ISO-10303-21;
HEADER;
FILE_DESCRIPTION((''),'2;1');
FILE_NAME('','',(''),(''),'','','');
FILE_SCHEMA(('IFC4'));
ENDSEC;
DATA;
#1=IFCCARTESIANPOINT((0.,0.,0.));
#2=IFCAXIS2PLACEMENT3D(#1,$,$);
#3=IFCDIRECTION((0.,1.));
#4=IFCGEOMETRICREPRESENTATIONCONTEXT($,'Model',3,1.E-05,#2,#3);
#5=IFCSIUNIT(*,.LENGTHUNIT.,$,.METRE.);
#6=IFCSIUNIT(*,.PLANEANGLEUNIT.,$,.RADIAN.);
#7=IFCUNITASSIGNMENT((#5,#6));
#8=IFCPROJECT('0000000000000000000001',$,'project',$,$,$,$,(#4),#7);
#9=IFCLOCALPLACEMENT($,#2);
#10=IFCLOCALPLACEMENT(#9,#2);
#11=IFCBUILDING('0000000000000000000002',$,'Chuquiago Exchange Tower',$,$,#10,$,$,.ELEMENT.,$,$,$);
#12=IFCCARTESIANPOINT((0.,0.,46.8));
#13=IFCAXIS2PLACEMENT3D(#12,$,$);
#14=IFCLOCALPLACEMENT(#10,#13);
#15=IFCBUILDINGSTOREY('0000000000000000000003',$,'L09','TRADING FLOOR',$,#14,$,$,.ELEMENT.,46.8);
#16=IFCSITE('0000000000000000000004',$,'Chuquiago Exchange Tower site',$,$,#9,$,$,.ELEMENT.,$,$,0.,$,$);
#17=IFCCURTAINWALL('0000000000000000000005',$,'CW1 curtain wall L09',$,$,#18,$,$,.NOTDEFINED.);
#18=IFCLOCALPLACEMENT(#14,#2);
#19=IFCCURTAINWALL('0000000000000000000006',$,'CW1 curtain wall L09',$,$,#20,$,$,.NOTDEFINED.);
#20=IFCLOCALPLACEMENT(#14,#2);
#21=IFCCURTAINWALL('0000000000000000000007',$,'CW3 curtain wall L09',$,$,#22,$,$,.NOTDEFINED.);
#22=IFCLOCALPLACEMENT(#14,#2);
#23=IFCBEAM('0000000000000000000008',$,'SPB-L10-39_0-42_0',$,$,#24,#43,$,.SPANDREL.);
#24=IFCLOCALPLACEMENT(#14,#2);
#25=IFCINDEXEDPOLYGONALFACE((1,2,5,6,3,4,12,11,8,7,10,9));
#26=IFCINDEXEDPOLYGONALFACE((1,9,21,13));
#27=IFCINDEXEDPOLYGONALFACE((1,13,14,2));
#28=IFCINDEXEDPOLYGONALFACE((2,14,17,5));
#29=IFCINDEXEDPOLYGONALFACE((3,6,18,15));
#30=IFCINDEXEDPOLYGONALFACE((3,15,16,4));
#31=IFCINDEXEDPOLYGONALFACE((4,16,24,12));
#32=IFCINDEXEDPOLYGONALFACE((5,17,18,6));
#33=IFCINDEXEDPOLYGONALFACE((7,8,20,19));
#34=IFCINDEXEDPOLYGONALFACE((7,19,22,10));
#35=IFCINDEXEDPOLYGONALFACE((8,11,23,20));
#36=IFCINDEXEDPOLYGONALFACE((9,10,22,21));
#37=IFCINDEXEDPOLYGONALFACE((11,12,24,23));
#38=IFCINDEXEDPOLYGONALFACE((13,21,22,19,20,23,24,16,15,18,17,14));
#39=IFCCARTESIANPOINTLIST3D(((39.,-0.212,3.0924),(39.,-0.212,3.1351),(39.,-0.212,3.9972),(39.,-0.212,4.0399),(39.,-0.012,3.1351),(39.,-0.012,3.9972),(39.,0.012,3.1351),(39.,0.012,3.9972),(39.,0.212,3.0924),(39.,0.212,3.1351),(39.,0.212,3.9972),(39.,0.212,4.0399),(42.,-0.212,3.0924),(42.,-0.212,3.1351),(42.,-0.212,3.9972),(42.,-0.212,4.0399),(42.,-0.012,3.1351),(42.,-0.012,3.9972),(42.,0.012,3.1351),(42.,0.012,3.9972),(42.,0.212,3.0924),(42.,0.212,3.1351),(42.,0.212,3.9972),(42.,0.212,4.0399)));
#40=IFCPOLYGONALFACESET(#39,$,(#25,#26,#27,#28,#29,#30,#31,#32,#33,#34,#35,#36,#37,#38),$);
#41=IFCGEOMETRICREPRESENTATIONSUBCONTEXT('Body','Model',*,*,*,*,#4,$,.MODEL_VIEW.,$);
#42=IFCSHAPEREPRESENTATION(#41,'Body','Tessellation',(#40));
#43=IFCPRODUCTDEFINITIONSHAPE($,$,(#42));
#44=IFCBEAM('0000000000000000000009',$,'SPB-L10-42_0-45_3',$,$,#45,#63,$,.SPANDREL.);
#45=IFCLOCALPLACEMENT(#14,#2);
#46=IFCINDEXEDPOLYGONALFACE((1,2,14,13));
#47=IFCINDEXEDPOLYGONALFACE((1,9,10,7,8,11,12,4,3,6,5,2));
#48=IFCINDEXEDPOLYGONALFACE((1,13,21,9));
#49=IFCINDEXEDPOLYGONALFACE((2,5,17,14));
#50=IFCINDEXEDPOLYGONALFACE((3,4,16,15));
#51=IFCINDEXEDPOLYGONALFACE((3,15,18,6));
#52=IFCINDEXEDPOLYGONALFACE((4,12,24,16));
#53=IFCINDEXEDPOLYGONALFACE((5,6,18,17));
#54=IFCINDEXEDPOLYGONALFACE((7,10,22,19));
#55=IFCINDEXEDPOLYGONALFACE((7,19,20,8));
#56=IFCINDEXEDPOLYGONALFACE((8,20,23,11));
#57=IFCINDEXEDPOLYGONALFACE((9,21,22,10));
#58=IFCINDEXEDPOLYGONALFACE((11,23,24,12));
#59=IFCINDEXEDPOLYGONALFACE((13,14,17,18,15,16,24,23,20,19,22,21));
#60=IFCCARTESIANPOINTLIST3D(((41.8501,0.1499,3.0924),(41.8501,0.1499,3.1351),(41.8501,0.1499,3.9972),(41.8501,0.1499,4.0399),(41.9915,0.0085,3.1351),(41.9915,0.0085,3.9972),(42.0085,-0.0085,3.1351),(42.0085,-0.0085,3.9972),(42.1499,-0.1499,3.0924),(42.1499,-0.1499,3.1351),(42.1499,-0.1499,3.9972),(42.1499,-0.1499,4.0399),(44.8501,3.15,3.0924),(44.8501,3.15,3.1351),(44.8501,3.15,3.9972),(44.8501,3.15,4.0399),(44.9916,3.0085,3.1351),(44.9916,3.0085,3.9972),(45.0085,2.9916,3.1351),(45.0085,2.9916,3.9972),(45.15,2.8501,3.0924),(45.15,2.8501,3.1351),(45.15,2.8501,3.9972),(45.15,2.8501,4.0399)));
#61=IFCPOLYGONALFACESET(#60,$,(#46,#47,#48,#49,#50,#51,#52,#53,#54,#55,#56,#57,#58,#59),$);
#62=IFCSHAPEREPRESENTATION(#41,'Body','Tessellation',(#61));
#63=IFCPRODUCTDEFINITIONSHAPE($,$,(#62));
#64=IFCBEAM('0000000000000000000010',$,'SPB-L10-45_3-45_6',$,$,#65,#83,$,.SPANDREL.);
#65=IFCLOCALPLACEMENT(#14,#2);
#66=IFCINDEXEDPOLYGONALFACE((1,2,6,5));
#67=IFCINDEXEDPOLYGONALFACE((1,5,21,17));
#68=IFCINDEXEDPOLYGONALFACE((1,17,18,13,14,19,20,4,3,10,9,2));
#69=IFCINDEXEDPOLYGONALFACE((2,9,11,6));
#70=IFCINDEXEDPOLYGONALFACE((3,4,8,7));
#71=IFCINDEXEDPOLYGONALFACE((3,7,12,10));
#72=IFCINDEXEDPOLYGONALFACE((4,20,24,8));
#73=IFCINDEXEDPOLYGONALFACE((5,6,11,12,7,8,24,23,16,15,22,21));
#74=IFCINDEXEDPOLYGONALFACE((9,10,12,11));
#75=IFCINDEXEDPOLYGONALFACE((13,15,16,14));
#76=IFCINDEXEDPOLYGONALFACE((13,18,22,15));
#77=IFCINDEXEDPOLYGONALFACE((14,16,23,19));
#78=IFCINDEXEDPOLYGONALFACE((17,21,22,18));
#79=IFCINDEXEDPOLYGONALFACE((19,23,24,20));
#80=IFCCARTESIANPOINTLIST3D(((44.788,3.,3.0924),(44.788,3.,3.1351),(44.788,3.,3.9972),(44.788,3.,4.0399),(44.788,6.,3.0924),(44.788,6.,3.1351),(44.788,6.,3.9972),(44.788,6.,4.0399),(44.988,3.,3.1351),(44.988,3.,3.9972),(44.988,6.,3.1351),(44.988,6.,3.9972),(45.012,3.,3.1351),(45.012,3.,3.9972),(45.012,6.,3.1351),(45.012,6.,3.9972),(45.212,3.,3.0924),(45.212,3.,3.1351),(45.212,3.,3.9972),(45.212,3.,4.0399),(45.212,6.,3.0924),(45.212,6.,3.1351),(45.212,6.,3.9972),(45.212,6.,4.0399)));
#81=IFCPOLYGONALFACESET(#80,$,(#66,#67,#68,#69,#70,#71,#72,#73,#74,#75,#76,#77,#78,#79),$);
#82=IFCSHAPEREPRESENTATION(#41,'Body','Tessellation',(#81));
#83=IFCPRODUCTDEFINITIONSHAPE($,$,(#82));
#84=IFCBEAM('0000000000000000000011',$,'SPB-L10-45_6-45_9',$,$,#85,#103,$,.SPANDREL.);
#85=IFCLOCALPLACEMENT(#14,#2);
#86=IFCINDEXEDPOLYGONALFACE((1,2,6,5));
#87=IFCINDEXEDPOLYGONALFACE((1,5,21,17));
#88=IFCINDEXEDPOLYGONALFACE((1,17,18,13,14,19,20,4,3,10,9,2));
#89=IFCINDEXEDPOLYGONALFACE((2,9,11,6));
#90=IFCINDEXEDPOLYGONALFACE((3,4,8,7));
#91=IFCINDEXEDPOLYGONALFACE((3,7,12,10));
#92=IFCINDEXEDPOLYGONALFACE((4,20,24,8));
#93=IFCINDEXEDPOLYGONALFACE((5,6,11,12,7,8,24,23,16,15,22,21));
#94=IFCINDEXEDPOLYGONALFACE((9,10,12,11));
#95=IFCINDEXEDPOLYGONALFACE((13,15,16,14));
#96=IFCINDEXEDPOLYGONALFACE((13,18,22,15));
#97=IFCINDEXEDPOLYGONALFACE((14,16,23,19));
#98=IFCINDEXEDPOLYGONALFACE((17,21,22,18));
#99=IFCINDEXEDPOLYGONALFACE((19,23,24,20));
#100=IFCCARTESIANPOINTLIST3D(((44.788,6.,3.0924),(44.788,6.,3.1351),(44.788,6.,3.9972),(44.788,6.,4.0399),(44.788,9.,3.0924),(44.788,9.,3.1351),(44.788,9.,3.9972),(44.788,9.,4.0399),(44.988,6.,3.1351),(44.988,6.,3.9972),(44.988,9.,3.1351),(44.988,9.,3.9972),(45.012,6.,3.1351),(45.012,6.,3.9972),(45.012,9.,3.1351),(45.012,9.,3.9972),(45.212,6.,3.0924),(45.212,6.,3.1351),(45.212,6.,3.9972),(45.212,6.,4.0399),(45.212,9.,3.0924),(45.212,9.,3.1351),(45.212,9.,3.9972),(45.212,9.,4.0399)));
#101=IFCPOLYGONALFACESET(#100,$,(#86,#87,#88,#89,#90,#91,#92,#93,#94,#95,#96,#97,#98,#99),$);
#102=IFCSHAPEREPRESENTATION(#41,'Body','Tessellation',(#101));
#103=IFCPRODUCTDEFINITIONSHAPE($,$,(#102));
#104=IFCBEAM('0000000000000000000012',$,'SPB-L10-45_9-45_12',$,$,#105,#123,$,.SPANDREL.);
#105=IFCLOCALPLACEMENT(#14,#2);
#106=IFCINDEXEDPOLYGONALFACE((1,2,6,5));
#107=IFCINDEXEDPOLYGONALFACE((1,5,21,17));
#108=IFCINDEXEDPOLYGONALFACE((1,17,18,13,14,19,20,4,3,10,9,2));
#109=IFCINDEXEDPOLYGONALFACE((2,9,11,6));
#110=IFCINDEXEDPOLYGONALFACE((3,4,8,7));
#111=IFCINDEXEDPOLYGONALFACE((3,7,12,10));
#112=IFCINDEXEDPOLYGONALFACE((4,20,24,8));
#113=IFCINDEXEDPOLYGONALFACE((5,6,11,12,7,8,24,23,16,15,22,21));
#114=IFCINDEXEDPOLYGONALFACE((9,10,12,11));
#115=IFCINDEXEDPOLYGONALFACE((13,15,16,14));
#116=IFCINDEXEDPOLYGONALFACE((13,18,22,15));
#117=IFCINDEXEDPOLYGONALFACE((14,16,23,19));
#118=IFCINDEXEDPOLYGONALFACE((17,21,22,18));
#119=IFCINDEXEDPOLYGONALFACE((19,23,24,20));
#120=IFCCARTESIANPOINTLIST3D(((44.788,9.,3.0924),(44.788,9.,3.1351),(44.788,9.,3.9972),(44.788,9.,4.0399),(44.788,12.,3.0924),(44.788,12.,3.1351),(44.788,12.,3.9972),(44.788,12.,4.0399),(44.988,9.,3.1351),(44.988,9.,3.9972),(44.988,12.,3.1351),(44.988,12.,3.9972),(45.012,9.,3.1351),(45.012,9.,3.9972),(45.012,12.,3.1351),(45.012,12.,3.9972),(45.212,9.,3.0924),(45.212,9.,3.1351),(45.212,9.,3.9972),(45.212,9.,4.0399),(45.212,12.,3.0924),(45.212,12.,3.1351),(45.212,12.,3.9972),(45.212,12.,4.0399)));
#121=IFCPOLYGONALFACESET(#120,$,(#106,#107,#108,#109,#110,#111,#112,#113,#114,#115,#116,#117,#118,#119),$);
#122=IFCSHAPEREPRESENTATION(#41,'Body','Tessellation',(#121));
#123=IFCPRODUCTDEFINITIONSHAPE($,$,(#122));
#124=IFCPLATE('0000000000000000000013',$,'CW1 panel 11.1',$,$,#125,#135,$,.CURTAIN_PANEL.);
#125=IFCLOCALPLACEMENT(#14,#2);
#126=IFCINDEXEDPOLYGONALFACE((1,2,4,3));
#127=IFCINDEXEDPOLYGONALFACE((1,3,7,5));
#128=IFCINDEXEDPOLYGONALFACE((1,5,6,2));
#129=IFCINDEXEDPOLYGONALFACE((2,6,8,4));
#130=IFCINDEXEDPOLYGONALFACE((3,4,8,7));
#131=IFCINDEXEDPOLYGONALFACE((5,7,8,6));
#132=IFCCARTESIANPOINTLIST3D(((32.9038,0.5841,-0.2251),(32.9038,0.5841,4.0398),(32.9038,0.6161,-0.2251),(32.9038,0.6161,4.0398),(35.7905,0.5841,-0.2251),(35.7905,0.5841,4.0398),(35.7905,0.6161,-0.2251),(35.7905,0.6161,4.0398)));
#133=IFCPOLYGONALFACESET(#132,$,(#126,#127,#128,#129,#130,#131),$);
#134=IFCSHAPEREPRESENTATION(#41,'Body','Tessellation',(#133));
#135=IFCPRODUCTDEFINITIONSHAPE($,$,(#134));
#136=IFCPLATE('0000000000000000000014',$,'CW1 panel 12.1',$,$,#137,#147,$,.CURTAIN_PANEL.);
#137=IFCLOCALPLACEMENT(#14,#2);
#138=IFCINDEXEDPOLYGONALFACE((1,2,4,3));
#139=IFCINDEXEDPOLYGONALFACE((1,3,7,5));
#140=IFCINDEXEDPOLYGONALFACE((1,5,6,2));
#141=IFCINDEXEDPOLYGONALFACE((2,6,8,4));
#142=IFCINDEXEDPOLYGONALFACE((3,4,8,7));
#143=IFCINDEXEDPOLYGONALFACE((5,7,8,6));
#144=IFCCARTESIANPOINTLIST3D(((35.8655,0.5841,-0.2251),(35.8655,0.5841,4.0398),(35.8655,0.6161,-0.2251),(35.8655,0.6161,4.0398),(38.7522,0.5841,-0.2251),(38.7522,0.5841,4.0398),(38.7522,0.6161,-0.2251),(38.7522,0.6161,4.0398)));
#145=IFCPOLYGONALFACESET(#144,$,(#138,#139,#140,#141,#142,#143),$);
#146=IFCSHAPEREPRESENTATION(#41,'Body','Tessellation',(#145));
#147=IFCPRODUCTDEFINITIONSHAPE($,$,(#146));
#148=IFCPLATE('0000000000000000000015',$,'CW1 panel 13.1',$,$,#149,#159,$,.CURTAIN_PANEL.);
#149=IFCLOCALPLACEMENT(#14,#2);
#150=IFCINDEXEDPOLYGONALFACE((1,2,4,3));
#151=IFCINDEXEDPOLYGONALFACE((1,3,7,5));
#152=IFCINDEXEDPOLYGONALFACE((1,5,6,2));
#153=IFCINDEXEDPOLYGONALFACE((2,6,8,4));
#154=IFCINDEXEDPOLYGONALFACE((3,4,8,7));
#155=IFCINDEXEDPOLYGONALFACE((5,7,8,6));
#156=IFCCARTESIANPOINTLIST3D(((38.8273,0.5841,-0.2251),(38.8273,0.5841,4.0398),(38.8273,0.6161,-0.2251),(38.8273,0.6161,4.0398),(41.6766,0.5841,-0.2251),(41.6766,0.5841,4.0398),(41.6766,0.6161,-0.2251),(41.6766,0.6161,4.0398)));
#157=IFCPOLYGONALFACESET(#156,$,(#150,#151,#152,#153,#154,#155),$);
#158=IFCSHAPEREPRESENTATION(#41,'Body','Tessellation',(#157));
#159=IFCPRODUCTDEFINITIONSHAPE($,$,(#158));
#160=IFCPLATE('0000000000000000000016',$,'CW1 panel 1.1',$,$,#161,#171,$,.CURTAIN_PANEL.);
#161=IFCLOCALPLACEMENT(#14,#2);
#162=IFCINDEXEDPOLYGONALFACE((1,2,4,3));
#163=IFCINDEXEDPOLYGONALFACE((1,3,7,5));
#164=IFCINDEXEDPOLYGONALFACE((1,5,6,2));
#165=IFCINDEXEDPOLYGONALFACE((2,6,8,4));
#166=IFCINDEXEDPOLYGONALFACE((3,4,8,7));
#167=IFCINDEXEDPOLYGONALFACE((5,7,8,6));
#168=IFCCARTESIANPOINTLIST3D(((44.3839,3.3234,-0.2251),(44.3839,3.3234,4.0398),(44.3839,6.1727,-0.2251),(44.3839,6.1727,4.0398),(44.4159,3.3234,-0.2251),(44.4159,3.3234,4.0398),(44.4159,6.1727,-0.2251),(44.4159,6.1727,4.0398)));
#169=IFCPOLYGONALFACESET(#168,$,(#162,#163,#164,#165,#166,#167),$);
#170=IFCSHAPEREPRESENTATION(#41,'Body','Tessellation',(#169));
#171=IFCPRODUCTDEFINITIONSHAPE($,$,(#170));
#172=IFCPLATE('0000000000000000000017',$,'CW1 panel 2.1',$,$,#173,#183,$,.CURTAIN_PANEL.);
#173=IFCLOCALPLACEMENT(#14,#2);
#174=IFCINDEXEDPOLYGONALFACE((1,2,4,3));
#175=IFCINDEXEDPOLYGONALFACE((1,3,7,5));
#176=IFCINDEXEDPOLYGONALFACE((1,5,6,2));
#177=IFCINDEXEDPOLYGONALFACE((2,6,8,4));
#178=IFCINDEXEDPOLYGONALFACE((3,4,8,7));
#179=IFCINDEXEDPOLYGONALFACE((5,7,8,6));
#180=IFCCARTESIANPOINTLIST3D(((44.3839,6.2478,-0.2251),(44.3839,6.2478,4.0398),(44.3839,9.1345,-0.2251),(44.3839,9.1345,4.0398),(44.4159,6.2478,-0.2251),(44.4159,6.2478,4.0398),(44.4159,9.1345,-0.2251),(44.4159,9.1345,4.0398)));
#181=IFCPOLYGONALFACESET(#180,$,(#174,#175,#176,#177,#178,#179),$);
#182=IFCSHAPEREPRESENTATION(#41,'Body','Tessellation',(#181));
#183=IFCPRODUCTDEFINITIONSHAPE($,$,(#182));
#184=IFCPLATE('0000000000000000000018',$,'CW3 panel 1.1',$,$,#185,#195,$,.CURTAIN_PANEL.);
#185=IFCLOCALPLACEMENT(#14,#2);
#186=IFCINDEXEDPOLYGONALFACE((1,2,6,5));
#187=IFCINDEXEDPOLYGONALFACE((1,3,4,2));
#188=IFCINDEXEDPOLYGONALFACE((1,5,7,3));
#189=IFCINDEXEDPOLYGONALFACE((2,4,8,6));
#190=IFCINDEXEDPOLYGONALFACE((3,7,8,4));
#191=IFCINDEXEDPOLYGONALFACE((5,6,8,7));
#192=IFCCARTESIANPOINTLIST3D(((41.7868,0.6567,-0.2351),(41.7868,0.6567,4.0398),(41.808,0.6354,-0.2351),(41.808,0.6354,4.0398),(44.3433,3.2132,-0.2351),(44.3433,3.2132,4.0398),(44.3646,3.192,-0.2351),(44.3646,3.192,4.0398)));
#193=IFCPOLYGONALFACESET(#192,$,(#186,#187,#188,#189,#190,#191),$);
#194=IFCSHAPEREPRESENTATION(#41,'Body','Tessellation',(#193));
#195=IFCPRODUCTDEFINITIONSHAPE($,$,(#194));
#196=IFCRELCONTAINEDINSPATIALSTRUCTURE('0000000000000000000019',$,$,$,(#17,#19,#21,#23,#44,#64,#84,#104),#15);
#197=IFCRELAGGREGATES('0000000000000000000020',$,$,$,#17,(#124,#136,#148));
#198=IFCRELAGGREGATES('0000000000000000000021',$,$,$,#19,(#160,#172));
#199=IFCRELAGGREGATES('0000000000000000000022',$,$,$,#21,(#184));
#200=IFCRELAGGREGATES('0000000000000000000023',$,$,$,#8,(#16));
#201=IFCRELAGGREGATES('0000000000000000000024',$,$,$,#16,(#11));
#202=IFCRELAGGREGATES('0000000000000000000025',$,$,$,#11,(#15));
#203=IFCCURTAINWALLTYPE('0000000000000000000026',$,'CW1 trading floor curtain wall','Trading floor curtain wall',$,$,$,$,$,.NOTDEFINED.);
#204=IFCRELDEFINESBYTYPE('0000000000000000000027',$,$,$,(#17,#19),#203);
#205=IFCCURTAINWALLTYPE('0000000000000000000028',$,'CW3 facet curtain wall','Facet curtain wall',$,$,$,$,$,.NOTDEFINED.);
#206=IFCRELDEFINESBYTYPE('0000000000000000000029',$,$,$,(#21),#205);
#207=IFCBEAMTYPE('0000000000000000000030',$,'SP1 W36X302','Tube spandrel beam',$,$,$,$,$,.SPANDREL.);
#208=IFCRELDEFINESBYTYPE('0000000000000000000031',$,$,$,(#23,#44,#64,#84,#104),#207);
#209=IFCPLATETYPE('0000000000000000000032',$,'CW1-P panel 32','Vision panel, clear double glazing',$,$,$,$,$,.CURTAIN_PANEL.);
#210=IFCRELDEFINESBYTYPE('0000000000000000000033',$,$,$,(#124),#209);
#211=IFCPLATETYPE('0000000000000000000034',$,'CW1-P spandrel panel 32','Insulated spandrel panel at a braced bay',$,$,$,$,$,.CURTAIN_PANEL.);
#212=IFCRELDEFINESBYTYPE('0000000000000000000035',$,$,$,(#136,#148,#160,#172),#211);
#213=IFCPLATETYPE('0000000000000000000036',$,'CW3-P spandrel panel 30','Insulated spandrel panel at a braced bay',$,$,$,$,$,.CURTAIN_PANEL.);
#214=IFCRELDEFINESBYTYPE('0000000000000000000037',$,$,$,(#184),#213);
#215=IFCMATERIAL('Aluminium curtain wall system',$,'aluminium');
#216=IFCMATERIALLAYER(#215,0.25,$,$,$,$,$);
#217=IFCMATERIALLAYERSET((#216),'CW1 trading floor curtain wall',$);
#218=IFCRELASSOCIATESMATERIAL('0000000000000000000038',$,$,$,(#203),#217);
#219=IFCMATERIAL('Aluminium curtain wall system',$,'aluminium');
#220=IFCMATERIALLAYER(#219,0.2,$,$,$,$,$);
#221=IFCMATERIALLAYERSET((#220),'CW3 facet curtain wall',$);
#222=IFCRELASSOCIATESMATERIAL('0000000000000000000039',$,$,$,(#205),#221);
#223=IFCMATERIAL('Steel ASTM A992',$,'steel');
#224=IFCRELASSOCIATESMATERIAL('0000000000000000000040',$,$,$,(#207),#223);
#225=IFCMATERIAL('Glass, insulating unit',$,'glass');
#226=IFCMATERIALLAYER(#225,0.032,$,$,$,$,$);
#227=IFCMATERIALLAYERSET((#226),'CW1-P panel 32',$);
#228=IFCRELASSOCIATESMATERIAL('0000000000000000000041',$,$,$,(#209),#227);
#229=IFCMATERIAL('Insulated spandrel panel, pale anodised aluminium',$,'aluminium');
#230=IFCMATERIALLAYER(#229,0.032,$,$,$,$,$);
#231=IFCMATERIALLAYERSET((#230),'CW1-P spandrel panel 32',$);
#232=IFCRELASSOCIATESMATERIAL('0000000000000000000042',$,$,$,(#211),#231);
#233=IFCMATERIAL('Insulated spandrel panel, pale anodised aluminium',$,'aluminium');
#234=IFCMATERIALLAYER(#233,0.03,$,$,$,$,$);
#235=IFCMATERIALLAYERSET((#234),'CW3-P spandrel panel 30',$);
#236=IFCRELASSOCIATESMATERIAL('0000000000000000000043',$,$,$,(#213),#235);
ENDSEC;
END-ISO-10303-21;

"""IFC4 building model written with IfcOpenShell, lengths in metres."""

from ifc_helpers import new_model, si_unit, direction, frame, origin, origin_2d, place, context, subcontext, project, spatial, rectangle, i_section, extrude, material, layer, layer_set, material_profile, profile_set, type_object, element, aggregate, save


model = new_model("IFC4")

# Units and contexts
model_context = context("Model", 3, precision=1e-05, world=origin(), true_north=direction((0.0, 1.0)))
body_context = subcontext(model_context, "Body", "Model", "MODEL_VIEW")
ifc_project = project(units=[si_unit("LENGTHUNIT", "METRE"), si_unit("PLANEANGLEUNIT", "RADIAN")], contexts=[model_context])

# Site, building, storey
site_placement = place(None, origin())
site = spatial("IfcSite", under=ifc_project, at=site_placement, Name="Chuquiago Exchange Tower site", CompositionType="ELEMENT", RefElevation=0.0)
building_placement = place(site_placement, origin())
building = spatial("IfcBuilding", under=site, at=building_placement, Name="Chuquiago Exchange Tower", CompositionType="ELEMENT")
storey_placement = place(building_placement, frame((0.0, 0.0, 46.8)))
storey = spatial("IfcBuildingStorey", under=building, at=storey_placement, Name="L09", Description="TRADING FLOOR", CompositionType="ELEMENT", Elevation=46.8)

# Curtain walls
ifc_material_1 = material(Name="Aluminium curtain wall system", Category="aluminium")
ifc_layer_1 = layer(ifc_material_1, 0.25)
ifc_layer_set_1 = layer_set([ifc_layer_1], Name="CW1 trading floor curtain wall")
curtain_wall_type_1 = type_object("IfcCurtainWallType", Name="CW1 trading floor curtain wall", Description="Trading floor curtain wall", PredefinedType="NOTDEFINED", material=ifc_layer_set_1)
curtain_wall_1_placement = place(storey_placement, origin())
curtain_wall_1 = element("IfcCurtainWall", 1, at=curtain_wall_1_placement, inside=storey, type_object=curtain_wall_type_1, Name="CW1 curtain wall L09", PredefinedType="NOTDEFINED")
curtain_wall_2_placement = place(storey_placement, origin())
curtain_wall_2 = element("IfcCurtainWall", 2, at=curtain_wall_2_placement, inside=storey, type_object=curtain_wall_type_1, Name="CW1 curtain wall L09", PredefinedType="NOTDEFINED")

# Curtain wall
ifc_material_2 = material(Name="Aluminium curtain wall system", Category="aluminium")
ifc_layer_2 = layer(ifc_material_2, 0.2)
ifc_layer_set_2 = layer_set([ifc_layer_2], Name="CW3 facet curtain wall")
curtain_wall_type_2 = type_object("IfcCurtainWallType", Name="CW3 facet curtain wall", Description="Facet curtain wall", PredefinedType="NOTDEFINED", material=ifc_layer_set_2)
curtain_wall_3_placement = place(storey_placement, origin())
curtain_wall_3 = element("IfcCurtainWall", 3, at=curtain_wall_3_placement, inside=storey, type_object=curtain_wall_type_2, Name="CW3 curtain wall L09", PredefinedType="NOTDEFINED")

# Beams
ifc_material_3 = material(Name="Steel ASTM A992", Category="steel")
ifc_material_profile_1 = material_profile(ifc_material_3, i_section(OverallWidth=0.4241, OverallDepth=0.9475, WebThickness=0.0239, FlangeThickness=0.0427, at=origin_2d()), Name="W36X302")
ifc_profile_set_1 = profile_set([ifc_material_profile_1], Name="Steel ASTM A992")
beam_type = type_object("IfcBeamType", Name="SP1 W36X302", Description="Tube spandrel beam", PredefinedType="SPANDREL", material=ifc_profile_set_1)
for number, where, z_axis, x_axis, name in (
    (4, (39.0, 0.0, 3.5662), (1.0, 0.0, 0.0), (0.0, 1.0, 0.0), "SPB-L10-39_0-42_0"),
):
    element("IfcBeam", number, at=place(storey_placement, frame(where, z_axis=z_axis, x_axis=x_axis)), inside=storey, type_object=beam_type, Name=name, PredefinedType="SPANDREL", context=body_context, shape_type="SweptSolid", body=[
        extrude(i_section(OverallWidth=0.4241, OverallDepth=0.9475, WebThickness=0.0239, FlangeThickness=0.0427, at=origin_2d()), origin(), (0.0, 0.0, 1.0), 3.0),
    ])
beam_placement = place(storey_placement, frame((42.0, 0.0, 3.5662), z_axis=(0.707107, 0.707107, 0.0), x_axis=(-0.707107, 0.707107, 0.0)))
element("IfcBeam", 5, at=beam_placement, inside=storey, type_object=beam_type, Name="SPB-L10-42_0-45_3", PredefinedType="SPANDREL", context=body_context, shape_type="SweptSolid", body=[
    extrude(i_section(OverallWidth=0.4241, OverallDepth=0.9475, WebThickness=0.0239, FlangeThickness=0.0427, at=origin_2d()), origin(), (0.0, 0.0, 1.0), 4.2427),
])
for number, where, z_axis, x_axis, name in (
    (6, (45.0, 3.0, 3.5662), (0.0, 1.0, 0.0), (-1.0, 0.0, 0.0), "SPB-L10-45_3-45_6"),
    (7, (45.0, 6.0, 3.5662), (0.0, 1.0, 0.0), (-1.0, 0.0, 0.0), "SPB-L10-45_6-45_9"),
    (8, (45.0, 9.0, 3.5662), (0.0, 1.0, 0.0), (-1.0, 0.0, 0.0), "SPB-L10-45_9-45_12"),
):
    element("IfcBeam", number, at=place(storey_placement, frame(where, z_axis=z_axis, x_axis=x_axis)), inside=storey, type_object=beam_type, Name=name, PredefinedType="SPANDREL", context=body_context, shape_type="SweptSolid", body=[
        extrude(i_section(OverallWidth=0.4241, OverallDepth=0.9475, WebThickness=0.0239, FlangeThickness=0.0427, at=origin_2d()), origin(), (0.0, 0.0, 1.0), 3.0),
    ])

# Plates
ifc_material_4 = material(Name="Glass, insulating unit", Category="glass")
ifc_layer_3 = layer(ifc_material_4, 0.032)
ifc_layer_set_3 = layer_set([ifc_layer_3], Name="CW1-P panel 32")
plate_type_1 = type_object("IfcPlateType", Name="CW1-P panel 32", Description="Vision panel, clear double glazing", PredefinedType="CURTAIN_PANEL", material=ifc_layer_set_3)
plate_1_placement = place(storey_placement, frame((34.3472, 0.6001, -0.2251), z_axis=(0.0, 0.0, 1.0), x_axis=(1.0, 0.0, 0.0)))
plate_1 = element("IfcPlate", 9, at=plate_1_placement, type_object=plate_type_1, Name="CW1 panel 11.1", PredefinedType="CURTAIN_PANEL", context=body_context, shape_type="SweptSolid", body=[
    extrude(rectangle(XDim=2.8867, YDim=0.032, at=origin_2d()), origin(), (0.0, 0.0, 1.0), 4.2649),
])
ifc_material_5 = material(Name="Insulated spandrel panel, pale anodised aluminium", Category="aluminium")
ifc_layer_4 = layer(ifc_material_5, 0.032)
ifc_layer_set_4 = layer_set([ifc_layer_4], Name="CW1-P spandrel panel 32")
plate_type_2 = type_object("IfcPlateType", Name="CW1-P spandrel panel 32", Description="Insulated spandrel panel at a braced bay", PredefinedType="CURTAIN_PANEL", material=ifc_layer_set_4)
plate_2_placement = place(storey_placement, frame((37.3088, 0.6001, -0.2251), z_axis=(0.0, 0.0, 1.0), x_axis=(1.0, 0.0, 0.0)))
plate_2 = element("IfcPlate", 10, at=plate_2_placement, type_object=plate_type_2, Name="CW1 panel 12.1", PredefinedType="CURTAIN_PANEL", context=body_context, shape_type="SweptSolid", body=[
    extrude(rectangle(XDim=2.8867, YDim=0.032, at=origin_2d()), origin(), (0.0, 0.0, 1.0), 4.2649),
])
plate_3_placement = place(storey_placement, frame((40.252, 0.6001, -0.2251), z_axis=(0.0, 0.0, 1.0), x_axis=(1.0, 0.0, 0.0)))
plate_3 = element("IfcPlate", 11, at=plate_3_placement, type_object=plate_type_2, Name="CW1 panel 13.1", PredefinedType="CURTAIN_PANEL", context=body_context, shape_type="SweptSolid", body=[
    extrude(rectangle(XDim=2.8494, YDim=0.032, at=origin_2d()), origin(), (0.0, 0.0, 1.0), 4.2649),
])
aggregate(curtain_wall_1, [plate_1, plate_2, plate_3])
plate_4_placement = place(storey_placement, frame((44.3999, 4.748, -0.2251), z_axis=(0.0, 0.0, 1.0), x_axis=(0.0, 1.0, 0.0)))
plate_4 = element("IfcPlate", 12, at=plate_4_placement, type_object=plate_type_2, Name="CW1 panel 1.1", PredefinedType="CURTAIN_PANEL", context=body_context, shape_type="SweptSolid", body=[
    extrude(rectangle(XDim=2.8494, YDim=0.032, at=origin_2d()), origin(), (0.0, 0.0, 1.0), 4.2649),
])
plate_5_placement = place(storey_placement, frame((44.3999, 7.6912, -0.2251), z_axis=(0.0, 0.0, 1.0), x_axis=(0.0, 1.0, 0.0)))
plate_5 = element("IfcPlate", 13, at=plate_5_placement, type_object=plate_type_2, Name="CW1 panel 2.1", PredefinedType="CURTAIN_PANEL", context=body_context, shape_type="SweptSolid", body=[
    extrude(rectangle(XDim=2.8867, YDim=0.032, at=origin_2d()), origin(), (0.0, 0.0, 1.0), 4.2649),
])
aggregate(curtain_wall_2, [plate_4, plate_5])
ifc_material_6 = material(Name="Insulated spandrel panel, pale anodised aluminium", Category="aluminium")
ifc_layer_5 = layer(ifc_material_6, 0.03)
ifc_layer_set_5 = layer_set([ifc_layer_5], Name="CW3-P spandrel panel 30")
plate_type_3 = type_object("IfcPlateType", Name="CW3-P spandrel panel 30", Description="Insulated spandrel panel at a braced bay", PredefinedType="CURTAIN_PANEL", material=ifc_layer_set_5)
plate_6_placement = place(storey_placement, frame((43.0757, 1.9243, -0.2351), z_axis=(0.0, 0.0, 1.0), x_axis=(0.707107, 0.707107, 0.0)))
plate_6 = element("IfcPlate", 14, at=plate_6_placement, type_object=plate_type_3, Name="CW3 panel 1.1", PredefinedType="CURTAIN_PANEL", context=body_context, shape_type="SweptSolid", body=[
    extrude(rectangle(XDim=3.6155, YDim=0.03, at=origin_2d()), origin(), (0.0, 0.0, 1.0), 4.2749),
])
aggregate(curtain_wall_3, [plate_6])

save(model, "model.ifc")
